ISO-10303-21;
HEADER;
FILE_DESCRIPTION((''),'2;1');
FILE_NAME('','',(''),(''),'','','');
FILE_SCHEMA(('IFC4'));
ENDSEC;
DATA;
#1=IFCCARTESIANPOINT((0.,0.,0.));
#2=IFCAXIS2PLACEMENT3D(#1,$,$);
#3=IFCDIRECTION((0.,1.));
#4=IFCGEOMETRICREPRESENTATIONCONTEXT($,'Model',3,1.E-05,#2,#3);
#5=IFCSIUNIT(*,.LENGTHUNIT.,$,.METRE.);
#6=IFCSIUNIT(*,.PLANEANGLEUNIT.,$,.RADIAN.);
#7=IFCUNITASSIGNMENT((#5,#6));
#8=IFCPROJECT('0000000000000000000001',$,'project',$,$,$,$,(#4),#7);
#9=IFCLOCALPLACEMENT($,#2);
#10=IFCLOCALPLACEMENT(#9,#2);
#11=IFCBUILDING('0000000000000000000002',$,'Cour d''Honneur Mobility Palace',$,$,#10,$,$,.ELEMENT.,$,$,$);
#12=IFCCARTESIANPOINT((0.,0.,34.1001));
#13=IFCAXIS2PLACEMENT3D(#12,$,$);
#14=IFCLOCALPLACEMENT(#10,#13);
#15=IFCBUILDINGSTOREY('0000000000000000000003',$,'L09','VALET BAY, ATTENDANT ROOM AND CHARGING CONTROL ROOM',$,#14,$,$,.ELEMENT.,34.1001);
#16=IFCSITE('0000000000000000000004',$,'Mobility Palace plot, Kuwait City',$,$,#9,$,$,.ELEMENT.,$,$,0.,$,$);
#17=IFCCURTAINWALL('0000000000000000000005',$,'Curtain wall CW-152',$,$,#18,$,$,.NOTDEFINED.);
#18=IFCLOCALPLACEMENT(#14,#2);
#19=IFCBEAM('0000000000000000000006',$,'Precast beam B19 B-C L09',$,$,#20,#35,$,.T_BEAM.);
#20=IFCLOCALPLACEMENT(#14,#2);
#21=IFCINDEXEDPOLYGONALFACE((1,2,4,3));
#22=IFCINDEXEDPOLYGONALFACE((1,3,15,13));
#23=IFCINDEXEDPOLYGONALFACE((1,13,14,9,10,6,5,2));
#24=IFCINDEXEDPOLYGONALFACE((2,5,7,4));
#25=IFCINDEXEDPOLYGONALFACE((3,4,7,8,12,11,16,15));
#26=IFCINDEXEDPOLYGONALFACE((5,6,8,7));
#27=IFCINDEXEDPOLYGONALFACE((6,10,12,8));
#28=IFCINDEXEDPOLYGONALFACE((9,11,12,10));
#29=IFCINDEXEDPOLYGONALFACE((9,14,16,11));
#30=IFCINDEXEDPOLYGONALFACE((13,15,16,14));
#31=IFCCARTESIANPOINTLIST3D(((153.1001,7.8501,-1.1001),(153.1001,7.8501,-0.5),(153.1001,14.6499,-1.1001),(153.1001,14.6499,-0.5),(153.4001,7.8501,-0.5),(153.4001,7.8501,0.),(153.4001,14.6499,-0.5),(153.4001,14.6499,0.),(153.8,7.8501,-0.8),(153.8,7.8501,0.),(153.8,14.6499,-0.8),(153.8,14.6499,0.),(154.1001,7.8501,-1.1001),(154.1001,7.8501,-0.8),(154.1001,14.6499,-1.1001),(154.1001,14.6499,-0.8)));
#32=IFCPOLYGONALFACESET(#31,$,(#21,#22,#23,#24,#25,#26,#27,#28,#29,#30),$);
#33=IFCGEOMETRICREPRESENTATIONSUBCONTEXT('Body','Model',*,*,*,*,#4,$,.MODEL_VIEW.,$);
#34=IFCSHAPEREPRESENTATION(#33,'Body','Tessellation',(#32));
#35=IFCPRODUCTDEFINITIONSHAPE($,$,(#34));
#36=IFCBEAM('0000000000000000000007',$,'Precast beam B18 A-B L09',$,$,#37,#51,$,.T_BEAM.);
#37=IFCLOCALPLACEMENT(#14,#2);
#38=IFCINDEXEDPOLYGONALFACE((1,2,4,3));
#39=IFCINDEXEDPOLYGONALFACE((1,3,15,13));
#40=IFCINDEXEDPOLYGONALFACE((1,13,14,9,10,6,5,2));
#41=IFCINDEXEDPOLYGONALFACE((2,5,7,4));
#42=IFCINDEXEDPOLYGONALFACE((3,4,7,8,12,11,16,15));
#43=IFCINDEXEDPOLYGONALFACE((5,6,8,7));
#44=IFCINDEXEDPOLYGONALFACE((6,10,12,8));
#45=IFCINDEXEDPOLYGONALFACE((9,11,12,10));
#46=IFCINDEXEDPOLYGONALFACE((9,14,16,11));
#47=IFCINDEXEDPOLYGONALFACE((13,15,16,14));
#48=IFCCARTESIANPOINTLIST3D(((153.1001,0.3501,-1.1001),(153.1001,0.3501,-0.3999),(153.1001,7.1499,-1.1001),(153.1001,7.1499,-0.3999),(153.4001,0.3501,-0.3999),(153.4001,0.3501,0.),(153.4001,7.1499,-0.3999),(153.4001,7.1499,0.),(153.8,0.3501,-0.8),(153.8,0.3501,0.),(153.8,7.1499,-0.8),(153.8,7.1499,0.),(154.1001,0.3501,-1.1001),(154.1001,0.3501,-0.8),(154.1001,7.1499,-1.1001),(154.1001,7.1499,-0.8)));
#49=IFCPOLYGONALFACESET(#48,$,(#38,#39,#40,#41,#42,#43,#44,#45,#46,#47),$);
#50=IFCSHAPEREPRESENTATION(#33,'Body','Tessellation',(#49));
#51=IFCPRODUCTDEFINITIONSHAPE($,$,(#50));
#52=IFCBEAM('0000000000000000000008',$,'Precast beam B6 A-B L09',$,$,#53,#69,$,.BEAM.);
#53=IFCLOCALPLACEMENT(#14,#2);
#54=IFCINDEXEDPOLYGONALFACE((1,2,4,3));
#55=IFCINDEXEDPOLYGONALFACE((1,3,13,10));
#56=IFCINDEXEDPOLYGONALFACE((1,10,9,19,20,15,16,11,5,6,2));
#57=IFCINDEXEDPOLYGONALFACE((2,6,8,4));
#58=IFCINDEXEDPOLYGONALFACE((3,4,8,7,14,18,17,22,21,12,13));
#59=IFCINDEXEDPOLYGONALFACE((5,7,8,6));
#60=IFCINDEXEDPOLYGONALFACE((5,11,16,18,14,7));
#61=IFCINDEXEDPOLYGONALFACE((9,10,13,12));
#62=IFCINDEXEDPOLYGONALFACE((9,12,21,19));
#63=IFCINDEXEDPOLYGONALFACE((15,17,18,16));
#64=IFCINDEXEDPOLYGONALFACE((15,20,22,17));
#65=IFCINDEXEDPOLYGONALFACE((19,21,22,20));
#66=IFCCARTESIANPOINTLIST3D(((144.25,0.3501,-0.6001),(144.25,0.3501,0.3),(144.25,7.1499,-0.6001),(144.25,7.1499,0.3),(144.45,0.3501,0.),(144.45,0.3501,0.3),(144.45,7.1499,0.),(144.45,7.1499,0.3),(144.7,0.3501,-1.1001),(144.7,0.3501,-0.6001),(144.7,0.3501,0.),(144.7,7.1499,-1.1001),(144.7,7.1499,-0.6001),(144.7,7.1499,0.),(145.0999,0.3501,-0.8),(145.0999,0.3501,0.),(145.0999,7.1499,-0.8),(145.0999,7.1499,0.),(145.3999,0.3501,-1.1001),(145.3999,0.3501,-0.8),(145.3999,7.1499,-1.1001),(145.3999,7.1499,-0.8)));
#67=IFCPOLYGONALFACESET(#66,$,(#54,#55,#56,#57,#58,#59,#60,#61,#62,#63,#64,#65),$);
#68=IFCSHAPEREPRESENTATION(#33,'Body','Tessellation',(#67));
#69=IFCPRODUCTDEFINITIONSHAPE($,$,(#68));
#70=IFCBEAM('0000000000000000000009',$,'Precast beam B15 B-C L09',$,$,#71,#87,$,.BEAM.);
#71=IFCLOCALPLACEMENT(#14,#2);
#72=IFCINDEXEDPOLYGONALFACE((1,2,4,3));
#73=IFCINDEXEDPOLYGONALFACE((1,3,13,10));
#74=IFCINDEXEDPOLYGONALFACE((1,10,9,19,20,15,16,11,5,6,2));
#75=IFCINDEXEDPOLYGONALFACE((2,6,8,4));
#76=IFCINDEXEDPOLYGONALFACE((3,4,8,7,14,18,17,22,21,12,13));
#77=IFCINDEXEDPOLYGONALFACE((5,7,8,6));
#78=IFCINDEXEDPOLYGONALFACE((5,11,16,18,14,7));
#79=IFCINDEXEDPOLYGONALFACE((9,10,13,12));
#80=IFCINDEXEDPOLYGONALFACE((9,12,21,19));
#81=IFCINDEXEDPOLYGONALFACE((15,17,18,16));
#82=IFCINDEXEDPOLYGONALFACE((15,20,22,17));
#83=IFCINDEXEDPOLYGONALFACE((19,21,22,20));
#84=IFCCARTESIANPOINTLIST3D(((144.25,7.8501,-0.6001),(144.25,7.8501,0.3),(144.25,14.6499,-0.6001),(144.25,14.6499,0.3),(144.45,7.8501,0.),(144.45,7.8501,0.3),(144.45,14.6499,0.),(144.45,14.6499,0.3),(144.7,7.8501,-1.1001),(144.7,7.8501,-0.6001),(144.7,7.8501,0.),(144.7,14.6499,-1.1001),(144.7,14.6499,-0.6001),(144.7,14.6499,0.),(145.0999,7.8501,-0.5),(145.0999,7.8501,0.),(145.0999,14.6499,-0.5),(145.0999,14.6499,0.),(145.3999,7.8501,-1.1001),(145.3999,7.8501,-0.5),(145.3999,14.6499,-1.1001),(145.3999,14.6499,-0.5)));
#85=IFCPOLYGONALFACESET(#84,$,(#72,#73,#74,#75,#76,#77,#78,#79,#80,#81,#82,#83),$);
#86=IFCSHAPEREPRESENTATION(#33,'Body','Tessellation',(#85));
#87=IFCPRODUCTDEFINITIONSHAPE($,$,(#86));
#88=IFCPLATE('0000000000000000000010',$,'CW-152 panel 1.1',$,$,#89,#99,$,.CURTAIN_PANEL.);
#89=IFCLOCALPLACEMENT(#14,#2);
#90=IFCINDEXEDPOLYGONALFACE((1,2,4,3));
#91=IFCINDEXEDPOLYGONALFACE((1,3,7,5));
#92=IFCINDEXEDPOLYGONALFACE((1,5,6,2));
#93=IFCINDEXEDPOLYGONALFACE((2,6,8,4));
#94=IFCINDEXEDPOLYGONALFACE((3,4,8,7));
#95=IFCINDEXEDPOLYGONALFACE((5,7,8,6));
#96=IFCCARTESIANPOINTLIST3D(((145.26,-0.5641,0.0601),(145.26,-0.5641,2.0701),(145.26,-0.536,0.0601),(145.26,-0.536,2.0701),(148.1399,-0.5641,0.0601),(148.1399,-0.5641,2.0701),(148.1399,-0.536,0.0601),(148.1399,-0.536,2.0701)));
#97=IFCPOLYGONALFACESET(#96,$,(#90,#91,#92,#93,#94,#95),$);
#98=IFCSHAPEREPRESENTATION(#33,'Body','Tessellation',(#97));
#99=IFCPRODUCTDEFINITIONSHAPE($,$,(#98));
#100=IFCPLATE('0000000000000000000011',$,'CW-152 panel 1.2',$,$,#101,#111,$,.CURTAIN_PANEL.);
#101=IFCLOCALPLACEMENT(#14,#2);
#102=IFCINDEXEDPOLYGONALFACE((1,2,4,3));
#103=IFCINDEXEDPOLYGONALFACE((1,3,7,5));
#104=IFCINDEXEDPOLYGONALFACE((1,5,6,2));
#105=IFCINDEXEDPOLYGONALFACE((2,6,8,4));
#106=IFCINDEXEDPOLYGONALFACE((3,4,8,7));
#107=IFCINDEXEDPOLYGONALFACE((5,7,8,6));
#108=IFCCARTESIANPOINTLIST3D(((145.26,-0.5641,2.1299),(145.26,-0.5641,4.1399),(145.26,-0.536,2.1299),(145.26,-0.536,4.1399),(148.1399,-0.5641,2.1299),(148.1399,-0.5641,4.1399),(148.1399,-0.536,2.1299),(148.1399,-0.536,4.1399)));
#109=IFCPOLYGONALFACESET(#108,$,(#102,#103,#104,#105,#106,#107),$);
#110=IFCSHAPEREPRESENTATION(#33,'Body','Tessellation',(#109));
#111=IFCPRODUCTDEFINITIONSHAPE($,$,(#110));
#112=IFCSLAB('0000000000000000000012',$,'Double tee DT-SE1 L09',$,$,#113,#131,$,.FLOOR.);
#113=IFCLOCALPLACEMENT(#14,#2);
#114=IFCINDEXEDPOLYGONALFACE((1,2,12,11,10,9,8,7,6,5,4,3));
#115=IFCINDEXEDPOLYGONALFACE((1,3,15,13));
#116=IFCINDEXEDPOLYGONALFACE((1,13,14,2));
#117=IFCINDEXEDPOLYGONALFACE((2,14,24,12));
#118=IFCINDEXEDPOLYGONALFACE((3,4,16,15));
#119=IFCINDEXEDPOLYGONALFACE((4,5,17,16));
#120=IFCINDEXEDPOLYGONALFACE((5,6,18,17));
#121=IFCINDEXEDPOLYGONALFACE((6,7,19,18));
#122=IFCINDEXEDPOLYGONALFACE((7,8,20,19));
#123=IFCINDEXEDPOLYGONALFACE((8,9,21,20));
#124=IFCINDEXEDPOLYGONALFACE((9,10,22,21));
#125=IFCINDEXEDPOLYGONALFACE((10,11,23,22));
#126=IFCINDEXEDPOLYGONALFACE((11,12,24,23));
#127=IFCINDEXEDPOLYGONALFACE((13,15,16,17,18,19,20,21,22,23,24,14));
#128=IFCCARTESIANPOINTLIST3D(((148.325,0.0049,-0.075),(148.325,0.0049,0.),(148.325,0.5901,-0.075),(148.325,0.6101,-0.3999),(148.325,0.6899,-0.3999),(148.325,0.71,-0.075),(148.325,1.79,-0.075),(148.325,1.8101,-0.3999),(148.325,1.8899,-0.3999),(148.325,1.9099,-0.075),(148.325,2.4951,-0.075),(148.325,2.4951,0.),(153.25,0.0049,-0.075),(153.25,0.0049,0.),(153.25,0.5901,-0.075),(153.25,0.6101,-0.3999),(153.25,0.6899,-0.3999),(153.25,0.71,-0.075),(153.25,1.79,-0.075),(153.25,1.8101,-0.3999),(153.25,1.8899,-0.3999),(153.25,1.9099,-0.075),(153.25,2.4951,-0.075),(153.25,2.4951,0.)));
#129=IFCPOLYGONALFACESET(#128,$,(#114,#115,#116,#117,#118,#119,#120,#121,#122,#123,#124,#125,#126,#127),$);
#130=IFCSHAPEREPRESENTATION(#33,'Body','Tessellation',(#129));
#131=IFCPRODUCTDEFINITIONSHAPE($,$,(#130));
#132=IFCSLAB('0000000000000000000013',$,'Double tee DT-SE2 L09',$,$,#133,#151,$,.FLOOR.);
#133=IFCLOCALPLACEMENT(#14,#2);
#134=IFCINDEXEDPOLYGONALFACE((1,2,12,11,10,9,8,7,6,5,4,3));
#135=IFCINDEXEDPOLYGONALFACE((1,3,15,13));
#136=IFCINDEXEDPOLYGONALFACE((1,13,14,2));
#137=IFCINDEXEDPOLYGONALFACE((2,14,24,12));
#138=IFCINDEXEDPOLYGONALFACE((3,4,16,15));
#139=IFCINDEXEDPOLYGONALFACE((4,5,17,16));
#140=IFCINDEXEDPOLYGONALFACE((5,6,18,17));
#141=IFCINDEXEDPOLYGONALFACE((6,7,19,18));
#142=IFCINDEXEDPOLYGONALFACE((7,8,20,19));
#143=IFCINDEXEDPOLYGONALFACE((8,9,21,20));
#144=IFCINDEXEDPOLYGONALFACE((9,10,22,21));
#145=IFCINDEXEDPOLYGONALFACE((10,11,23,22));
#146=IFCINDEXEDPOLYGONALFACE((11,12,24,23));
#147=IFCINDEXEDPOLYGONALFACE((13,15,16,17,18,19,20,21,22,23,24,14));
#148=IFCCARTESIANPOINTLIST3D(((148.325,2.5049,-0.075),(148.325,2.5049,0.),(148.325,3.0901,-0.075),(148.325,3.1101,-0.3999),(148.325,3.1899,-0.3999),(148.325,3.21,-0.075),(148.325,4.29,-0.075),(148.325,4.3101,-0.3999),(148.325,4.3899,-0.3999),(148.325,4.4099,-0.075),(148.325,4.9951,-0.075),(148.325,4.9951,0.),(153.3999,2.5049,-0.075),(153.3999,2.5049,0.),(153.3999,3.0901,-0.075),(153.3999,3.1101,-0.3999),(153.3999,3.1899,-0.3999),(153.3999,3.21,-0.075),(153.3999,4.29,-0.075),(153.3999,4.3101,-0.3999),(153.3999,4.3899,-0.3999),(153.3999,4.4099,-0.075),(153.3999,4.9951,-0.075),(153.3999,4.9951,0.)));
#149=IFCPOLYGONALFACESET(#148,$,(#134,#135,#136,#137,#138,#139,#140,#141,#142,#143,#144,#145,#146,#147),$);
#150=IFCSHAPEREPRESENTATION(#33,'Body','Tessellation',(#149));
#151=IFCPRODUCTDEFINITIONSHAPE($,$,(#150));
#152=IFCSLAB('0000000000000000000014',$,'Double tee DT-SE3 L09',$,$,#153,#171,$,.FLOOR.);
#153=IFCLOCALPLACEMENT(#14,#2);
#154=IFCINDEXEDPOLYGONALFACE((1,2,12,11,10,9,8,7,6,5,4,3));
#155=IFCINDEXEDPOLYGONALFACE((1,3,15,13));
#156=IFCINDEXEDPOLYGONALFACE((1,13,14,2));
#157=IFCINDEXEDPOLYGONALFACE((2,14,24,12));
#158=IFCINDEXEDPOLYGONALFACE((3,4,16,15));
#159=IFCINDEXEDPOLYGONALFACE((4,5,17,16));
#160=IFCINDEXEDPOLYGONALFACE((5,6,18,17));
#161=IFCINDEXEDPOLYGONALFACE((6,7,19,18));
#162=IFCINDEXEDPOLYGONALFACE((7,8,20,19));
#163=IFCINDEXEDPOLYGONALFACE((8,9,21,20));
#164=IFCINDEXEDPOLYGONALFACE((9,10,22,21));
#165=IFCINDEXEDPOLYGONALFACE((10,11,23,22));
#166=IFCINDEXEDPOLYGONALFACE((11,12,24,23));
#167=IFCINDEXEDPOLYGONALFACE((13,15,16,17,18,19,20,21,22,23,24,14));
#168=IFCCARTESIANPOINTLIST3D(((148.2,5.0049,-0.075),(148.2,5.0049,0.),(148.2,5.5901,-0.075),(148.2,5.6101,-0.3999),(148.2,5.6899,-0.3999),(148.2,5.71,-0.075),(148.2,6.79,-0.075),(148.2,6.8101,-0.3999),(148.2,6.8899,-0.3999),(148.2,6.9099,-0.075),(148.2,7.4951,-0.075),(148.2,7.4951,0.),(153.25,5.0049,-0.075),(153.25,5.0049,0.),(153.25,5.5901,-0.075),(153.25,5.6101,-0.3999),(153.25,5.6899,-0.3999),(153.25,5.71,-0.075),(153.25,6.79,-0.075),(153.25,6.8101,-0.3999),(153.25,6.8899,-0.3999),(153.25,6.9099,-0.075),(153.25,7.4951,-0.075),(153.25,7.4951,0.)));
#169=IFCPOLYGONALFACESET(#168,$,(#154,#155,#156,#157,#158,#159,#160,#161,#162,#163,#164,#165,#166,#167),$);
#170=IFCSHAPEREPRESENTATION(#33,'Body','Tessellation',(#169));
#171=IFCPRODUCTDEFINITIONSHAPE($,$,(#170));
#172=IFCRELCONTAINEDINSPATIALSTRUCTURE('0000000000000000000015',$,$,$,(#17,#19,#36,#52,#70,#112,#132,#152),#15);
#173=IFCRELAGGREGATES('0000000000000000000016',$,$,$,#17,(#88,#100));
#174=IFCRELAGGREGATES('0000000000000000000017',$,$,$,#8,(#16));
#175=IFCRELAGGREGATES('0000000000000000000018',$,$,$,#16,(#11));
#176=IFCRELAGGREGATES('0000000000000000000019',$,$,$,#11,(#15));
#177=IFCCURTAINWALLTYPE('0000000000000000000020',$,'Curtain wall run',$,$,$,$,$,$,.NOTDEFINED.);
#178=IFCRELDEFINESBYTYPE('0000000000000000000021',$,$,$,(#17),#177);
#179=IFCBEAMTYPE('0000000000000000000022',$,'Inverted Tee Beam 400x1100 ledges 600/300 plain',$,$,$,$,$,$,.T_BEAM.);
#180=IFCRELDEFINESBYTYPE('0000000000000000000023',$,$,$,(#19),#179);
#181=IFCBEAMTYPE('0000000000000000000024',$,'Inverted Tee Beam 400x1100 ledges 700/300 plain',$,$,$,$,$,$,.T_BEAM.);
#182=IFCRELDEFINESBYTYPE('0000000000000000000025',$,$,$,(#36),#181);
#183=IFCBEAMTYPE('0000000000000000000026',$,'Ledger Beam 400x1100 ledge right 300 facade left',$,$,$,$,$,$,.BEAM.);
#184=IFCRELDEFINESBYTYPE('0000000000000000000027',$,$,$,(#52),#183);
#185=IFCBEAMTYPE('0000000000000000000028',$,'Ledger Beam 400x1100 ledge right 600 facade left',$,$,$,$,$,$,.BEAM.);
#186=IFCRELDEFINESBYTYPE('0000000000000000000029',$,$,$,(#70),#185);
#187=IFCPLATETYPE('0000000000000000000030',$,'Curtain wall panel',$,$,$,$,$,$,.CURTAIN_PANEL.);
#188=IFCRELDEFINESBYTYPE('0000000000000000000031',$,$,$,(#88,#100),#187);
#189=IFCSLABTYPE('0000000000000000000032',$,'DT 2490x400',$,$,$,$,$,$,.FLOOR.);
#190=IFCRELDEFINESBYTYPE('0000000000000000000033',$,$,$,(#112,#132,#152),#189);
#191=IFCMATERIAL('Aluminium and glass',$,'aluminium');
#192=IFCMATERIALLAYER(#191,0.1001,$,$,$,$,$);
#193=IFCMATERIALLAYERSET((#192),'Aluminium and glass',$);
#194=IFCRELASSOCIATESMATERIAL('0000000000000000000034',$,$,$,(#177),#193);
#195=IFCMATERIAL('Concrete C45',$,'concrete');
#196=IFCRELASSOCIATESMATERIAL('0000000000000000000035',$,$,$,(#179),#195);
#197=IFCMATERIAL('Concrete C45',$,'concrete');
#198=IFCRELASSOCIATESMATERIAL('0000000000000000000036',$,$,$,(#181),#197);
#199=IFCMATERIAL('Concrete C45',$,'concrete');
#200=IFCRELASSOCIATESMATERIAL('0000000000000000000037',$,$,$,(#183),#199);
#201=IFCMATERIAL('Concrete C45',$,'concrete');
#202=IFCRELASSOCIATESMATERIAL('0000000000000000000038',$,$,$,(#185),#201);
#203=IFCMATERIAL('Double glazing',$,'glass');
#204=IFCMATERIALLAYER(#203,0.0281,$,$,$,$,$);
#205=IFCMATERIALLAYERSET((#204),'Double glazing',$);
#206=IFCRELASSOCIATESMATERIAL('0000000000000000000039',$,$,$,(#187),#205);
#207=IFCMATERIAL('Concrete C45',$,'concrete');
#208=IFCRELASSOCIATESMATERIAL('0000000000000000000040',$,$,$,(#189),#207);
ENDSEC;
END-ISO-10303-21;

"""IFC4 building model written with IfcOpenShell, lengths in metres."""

from ifc_helpers import new_model, si_unit, direction, frame, origin, origin_2d, place, context, subcontext, project, spatial, polyline, rectangle, outline, extrude, material, layer, layer_set, material_profile, profile_set, type_object, element, aggregate, save


model = new_model("IFC4")

# Units and contexts
model_context = context("Model", 3, precision=1e-05, world=origin(), true_north=direction((0.0, 1.0)))
body_context = subcontext(model_context, "Body", "Model", "MODEL_VIEW")
ifc_project = project(units=[si_unit("LENGTHUNIT", "METRE"), si_unit("PLANEANGLEUNIT", "RADIAN")], contexts=[model_context])

# Site, building, storey
site_placement = place(None, origin())
site = spatial("IfcSite", under=ifc_project, at=site_placement, Name="Mobility Palace plot, Kuwait City", CompositionType="ELEMENT", RefElevation=0.0)
building_placement = place(site_placement, origin())
building = spatial("IfcBuilding", under=site, at=building_placement, Name="Cour d'Honneur Mobility Palace", CompositionType="ELEMENT")
storey_placement = place(building_placement, frame((0.0, 0.0, 34.1001)))
storey = spatial("IfcBuildingStorey", under=building, at=storey_placement, Name="L09", Description="VALET BAY, ATTENDANT ROOM AND CHARGING CONTROL ROOM", CompositionType="ELEMENT", Elevation=34.1001)

# Curtain wall
ifc_material_1 = material(Name="Aluminium and glass", Category="aluminium")
ifc_layer_1 = layer(ifc_material_1, 0.1001)
ifc_layer_set_1 = layer_set([ifc_layer_1], Name="Aluminium and glass")
curtain_wall_type = type_object("IfcCurtainWallType", Name="Curtain wall run", PredefinedType="NOTDEFINED", material=ifc_layer_set_1)
curtain_wall_placement = place(storey_placement, origin())
curtain_wall = element("IfcCurtainWall", 1, at=curtain_wall_placement, inside=storey, type_object=curtain_wall_type, Name="Curtain wall CW-152", PredefinedType="NOTDEFINED")

# Beams
ifc_material_2 = material(Name="Concrete C45", Category="concrete")
ifc_material_profile_1 = material_profile(ifc_material_2, outline(polyline([(0.5, -1.1001), (0.5, -0.5), (0.2, -0.5), (0.2, 0.0), (-0.2, 0.0), (-0.2, -0.8), (-0.5, -0.8), (-0.5, -1.1001), (0.5, -1.1001)])), Name="Inverted Tee Beam 400x1100 ledges 600/300 plain")
ifc_profile_set_1 = profile_set([ifc_material_profile_1], Name="Concrete C45")
beam_type_1 = type_object("IfcBeamType", Name="Inverted Tee Beam 400x1100 ledges 600/300 plain", PredefinedType="T_BEAM", material=ifc_profile_set_1)
beam_1_placement = place(storey_placement, frame((153.6001, 7.8501, 0.0), z_axis=(0.0, 1.0, 0.0), x_axis=(-1.0, 0.0, 0.0)))
element("IfcBeam", 2, at=beam_1_placement, inside=storey, type_object=beam_type_1, Name="Precast beam B19 B-C L09", PredefinedType="T_BEAM", context=body_context, shape_type="SweptSolid", body=[
    extrude(outline(polyline([(0.5, -1.1001), (0.5, -0.5), (0.2, -0.5), (0.2, 0.0), (-0.2, 0.0), (-0.2, -0.8), (-0.5, -0.8), (-0.5, -1.1001), (0.5, -1.1001)])), origin(), (0.0, 0.0, 1.0), 6.7998),
])
ifc_material_3 = material(Name="Concrete C45", Category="concrete")
ifc_material_profile_2 = material_profile(ifc_material_3, outline(polyline([(0.5, -1.1001), (0.5, -0.3999), (0.2, -0.3999), (0.2, 0.0), (-0.2, 0.0), (-0.2, -0.8), (-0.5, -0.8), (-0.5, -1.1001), (0.5, -1.1001)])), Name="Inverted Tee Beam 400x1100 ledges 700/300 plain")
ifc_profile_set_2 = profile_set([ifc_material_profile_2], Name="Concrete C45")
beam_type_2 = type_object("IfcBeamType", Name="Inverted Tee Beam 400x1100 ledges 700/300 plain", PredefinedType="T_BEAM", material=ifc_profile_set_2)
beam_2_placement = place(storey_placement, frame((153.6001, 0.3501, 0.0), z_axis=(0.0, 1.0, 0.0), x_axis=(-1.0, 0.0, 0.0)))
element("IfcBeam", 3, at=beam_2_placement, inside=storey, type_object=beam_type_2, Name="Precast beam B18 A-B L09", PredefinedType="T_BEAM", context=body_context, shape_type="SweptSolid", body=[
    extrude(outline(polyline([(0.5, -1.1001), (0.5, -0.3999), (0.2, -0.3999), (0.2, 0.0), (-0.2, 0.0), (-0.2, -0.8), (-0.5, -0.8), (-0.5, -1.1001), (0.5, -1.1001)])), origin(), (0.0, 0.0, 1.0), 6.7998),
])
ifc_material_4 = material(Name="Concrete C45", Category="concrete")
ifc_material_profile_3 = material_profile(ifc_material_4, outline(polyline([(0.2, -1.1001), (0.2, -0.6001), (0.6499, -0.6001), (0.6499, 0.3), (0.45, 0.3), (0.45, 0.0), (0.2, 0.0), (-0.2, 0.0), (-0.2, -0.8), (-0.5, -0.8), (-0.5, -1.1001), (0.2, -1.1001)])), Name="Ledger Beam 400x1100 ledge right 300 facade left")
ifc_profile_set_3 = profile_set([ifc_material_profile_3], Name="Concrete C45")
beam_type_3 = type_object("IfcBeamType", Name="Ledger Beam 400x1100 ledge right 300 facade left", PredefinedType="BEAM", material=ifc_profile_set_3)
beam_3_placement = place(storey_placement, frame((144.8999, 0.3501, 0.0), z_axis=(0.0, 1.0, 0.0), x_axis=(-1.0, 0.0, 0.0)))
element("IfcBeam", 4, at=beam_3_placement, inside=storey, type_object=beam_type_3, Name="Precast beam B6 A-B L09", PredefinedType="BEAM", context=body_context, shape_type="SweptSolid", body=[
    extrude(outline(polyline([(0.2, -1.1001), (0.2, -0.6001), (0.6499, -0.6001), (0.6499, 0.3), (0.45, 0.3), (0.45, 0.0), (0.2, 0.0), (-0.2, 0.0), (-0.2, -0.8), (-0.5, -0.8), (-0.5, -1.1001), (0.2, -1.1001)])), origin(), (0.0, 0.0, 1.0), 6.7998),
])
ifc_material_5 = material(Name="Concrete C45", Category="concrete")
ifc_material_profile_4 = material_profile(ifc_material_5, outline(polyline([(0.2, -1.1001), (0.2, -0.6001), (0.6499, -0.6001), (0.6499, 0.3), (0.45, 0.3), (0.45, 0.0), (0.2, 0.0), (-0.2, 0.0), (-0.2, -0.5), (-0.5, -0.5), (-0.5, -1.1001), (0.2, -1.1001)])), Name="Ledger Beam 400x1100 ledge right 600 facade left")
ifc_profile_set_4 = profile_set([ifc_material_profile_4], Name="Concrete C45")
beam_type_4 = type_object("IfcBeamType", Name="Ledger Beam 400x1100 ledge right 600 facade left", PredefinedType="BEAM", material=ifc_profile_set_4)
beam_4_placement = place(storey_placement, frame((144.8999, 7.8501, 0.0), z_axis=(0.0, 1.0, 0.0), x_axis=(-1.0, 0.0, 0.0)))
element("IfcBeam", 5, at=beam_4_placement, inside=storey, type_object=beam_type_4, Name="Precast beam B15 B-C L09", PredefinedType="BEAM", context=body_context, shape_type="SweptSolid", body=[
    extrude(outline(polyline([(0.2, -1.1001), (0.2, -0.6001), (0.6499, -0.6001), (0.6499, 0.3), (0.45, 0.3), (0.45, 0.0), (0.2, 0.0), (-0.2, 0.0), (-0.2, -0.5), (-0.5, -0.5), (-0.5, -1.1001), (0.2, -1.1001)])), origin(), (0.0, 0.0, 1.0), 6.7998),
])

# Plates
ifc_material_6 = material(Name="Double glazing", Category="glass")
ifc_layer_2 = layer(ifc_material_6, 0.0281)
ifc_layer_set_2 = layer_set([ifc_layer_2], Name="Double glazing")
plate_type = type_object("IfcPlateType", Name="Curtain wall panel", PredefinedType="CURTAIN_PANEL", material=ifc_layer_set_2)
plate_1_placement = place(storey_placement, frame((146.7, -0.55, 0.0601), z_axis=(0.0, 0.0, 1.0), x_axis=(1.0, 0.0, 0.0)))
plate_1 = element("IfcPlate", 6, at=plate_1_placement, type_object=plate_type, Name="CW-152 panel 1.1", PredefinedType="CURTAIN_PANEL", context=body_context, shape_type="SweptSolid", body=[
    extrude(rectangle(XDim=2.8799, YDim=0.0281, at=origin_2d()), origin(), (0.0, 0.0, 1.0), 2.01),
])
plate_2_placement = place(storey_placement, frame((146.7, -0.55, 2.1299), z_axis=(0.0, 0.0, 1.0), x_axis=(1.0, 0.0, 0.0)))
plate_2 = element("IfcPlate", 7, at=plate_2_placement, type_object=plate_type, Name="CW-152 panel 1.2", PredefinedType="CURTAIN_PANEL", context=body_context, shape_type="SweptSolid", body=[
    extrude(rectangle(XDim=2.8799, YDim=0.0281, at=origin_2d()), origin(), (0.0, 0.0, 1.0), 2.01),
])
aggregate(curtain_wall, [plate_1, plate_2])

# Slabs
ifc_material_7 = material(Name="Concrete C45", Category="concrete")
ifc_material_profile_5 = material_profile(ifc_material_7, outline(polyline([(-1.2451, 0.0), (1.2451, 0.0), (1.2451, -0.075), (0.6599, -0.075), (0.6399, -0.3999), (0.5601, -0.3999), (0.54, -0.075), (-0.54, -0.075), (-0.5601, -0.3999), (-0.6399, -0.3999), (-0.6599, -0.075), (-1.2451, -0.075), (-1.2451, 0.0)])), Name="DT 2490x400")
ifc_profile_set_5 = profile_set([ifc_material_profile_5], Name="Concrete C45")
slab_type_1 = type_object("IfcSlabType", Name="DT 2490x400", PredefinedType="FLOOR", material=ifc_profile_set_5)
slab_1_placement = place(storey_placement, frame((148.325, 1.25, 0.0), z_axis=(1.0, 0.0, 0.0), x_axis=(0.0, 1.0, 0.0)))
element("IfcSlab", 8, at=slab_1_placement, inside=storey, type_object=slab_type_1, Name="Double tee DT-SE1 L09", PredefinedType="FLOOR", context=body_context, shape_type="SweptSolid", body=[
    extrude(outline(polyline([(-1.2451, 0.0), (1.2451, 0.0), (1.2451, -0.075), (0.6599, -0.075), (0.6399, -0.3999), (0.5601, -0.3999), (0.54, -0.075), (-0.54, -0.075), (-0.5601, -0.3999), (-0.6399, -0.3999), (-0.6599, -0.075), (-1.2451, -0.075), (-1.2451, 0.0)])), origin(), (0.0, 0.0, 1.0), 4.925),
])
slab_2_placement = place(storey_placement, frame((148.325, 3.75, 0.0), z_axis=(1.0, 0.0, 0.0), x_axis=(0.0, 1.0, 0.0)))
element("IfcSlab", 9, at=slab_2_placement, inside=storey, type_object=slab_type_1, Name="Double tee DT-SE2 L09", PredefinedType="FLOOR", context=body_context, shape_type="SweptSolid", body=[
    extrude(outline(polyline([(-1.2451, 0.0), (1.2451, 0.0), (1.2451, -0.075), (0.6599, -0.075), (0.6399, -0.3999), (0.5601, -0.3999), (0.54, -0.075), (-0.54, -0.075), (-0.5601, -0.3999), (-0.6399, -0.3999), (-0.6599, -0.075), (-1.2451, -0.075), (-1.2451, 0.0)])), origin(), (0.0, 0.0, 1.0), 5.075),
])
slab_3_placement = place(storey_placement, frame((148.2, 6.25, 0.0), z_axis=(1.0, 0.0, 0.0), x_axis=(0.0, 1.0, 0.0)))
element("IfcSlab", 10, at=slab_3_placement, inside=storey, type_object=slab_type_1, Name="Double tee DT-SE3 L09", PredefinedType="FLOOR", context=body_context, shape_type="SweptSolid", body=[
    extrude(outline(polyline([(-1.2451, 0.0), (1.2451, 0.0), (1.2451, -0.075), (0.6599, -0.075), (0.6399, -0.3999), (0.5601, -0.3999), (0.54, -0.075), (-0.54, -0.075), (-0.5601, -0.3999), (-0.6399, -0.3999), (-0.6599, -0.075), (-1.2451, -0.075), (-1.2451, 0.0)])), origin(), (0.0, 0.0, 1.0), 5.05),
])

save(model, "model.ifc")
